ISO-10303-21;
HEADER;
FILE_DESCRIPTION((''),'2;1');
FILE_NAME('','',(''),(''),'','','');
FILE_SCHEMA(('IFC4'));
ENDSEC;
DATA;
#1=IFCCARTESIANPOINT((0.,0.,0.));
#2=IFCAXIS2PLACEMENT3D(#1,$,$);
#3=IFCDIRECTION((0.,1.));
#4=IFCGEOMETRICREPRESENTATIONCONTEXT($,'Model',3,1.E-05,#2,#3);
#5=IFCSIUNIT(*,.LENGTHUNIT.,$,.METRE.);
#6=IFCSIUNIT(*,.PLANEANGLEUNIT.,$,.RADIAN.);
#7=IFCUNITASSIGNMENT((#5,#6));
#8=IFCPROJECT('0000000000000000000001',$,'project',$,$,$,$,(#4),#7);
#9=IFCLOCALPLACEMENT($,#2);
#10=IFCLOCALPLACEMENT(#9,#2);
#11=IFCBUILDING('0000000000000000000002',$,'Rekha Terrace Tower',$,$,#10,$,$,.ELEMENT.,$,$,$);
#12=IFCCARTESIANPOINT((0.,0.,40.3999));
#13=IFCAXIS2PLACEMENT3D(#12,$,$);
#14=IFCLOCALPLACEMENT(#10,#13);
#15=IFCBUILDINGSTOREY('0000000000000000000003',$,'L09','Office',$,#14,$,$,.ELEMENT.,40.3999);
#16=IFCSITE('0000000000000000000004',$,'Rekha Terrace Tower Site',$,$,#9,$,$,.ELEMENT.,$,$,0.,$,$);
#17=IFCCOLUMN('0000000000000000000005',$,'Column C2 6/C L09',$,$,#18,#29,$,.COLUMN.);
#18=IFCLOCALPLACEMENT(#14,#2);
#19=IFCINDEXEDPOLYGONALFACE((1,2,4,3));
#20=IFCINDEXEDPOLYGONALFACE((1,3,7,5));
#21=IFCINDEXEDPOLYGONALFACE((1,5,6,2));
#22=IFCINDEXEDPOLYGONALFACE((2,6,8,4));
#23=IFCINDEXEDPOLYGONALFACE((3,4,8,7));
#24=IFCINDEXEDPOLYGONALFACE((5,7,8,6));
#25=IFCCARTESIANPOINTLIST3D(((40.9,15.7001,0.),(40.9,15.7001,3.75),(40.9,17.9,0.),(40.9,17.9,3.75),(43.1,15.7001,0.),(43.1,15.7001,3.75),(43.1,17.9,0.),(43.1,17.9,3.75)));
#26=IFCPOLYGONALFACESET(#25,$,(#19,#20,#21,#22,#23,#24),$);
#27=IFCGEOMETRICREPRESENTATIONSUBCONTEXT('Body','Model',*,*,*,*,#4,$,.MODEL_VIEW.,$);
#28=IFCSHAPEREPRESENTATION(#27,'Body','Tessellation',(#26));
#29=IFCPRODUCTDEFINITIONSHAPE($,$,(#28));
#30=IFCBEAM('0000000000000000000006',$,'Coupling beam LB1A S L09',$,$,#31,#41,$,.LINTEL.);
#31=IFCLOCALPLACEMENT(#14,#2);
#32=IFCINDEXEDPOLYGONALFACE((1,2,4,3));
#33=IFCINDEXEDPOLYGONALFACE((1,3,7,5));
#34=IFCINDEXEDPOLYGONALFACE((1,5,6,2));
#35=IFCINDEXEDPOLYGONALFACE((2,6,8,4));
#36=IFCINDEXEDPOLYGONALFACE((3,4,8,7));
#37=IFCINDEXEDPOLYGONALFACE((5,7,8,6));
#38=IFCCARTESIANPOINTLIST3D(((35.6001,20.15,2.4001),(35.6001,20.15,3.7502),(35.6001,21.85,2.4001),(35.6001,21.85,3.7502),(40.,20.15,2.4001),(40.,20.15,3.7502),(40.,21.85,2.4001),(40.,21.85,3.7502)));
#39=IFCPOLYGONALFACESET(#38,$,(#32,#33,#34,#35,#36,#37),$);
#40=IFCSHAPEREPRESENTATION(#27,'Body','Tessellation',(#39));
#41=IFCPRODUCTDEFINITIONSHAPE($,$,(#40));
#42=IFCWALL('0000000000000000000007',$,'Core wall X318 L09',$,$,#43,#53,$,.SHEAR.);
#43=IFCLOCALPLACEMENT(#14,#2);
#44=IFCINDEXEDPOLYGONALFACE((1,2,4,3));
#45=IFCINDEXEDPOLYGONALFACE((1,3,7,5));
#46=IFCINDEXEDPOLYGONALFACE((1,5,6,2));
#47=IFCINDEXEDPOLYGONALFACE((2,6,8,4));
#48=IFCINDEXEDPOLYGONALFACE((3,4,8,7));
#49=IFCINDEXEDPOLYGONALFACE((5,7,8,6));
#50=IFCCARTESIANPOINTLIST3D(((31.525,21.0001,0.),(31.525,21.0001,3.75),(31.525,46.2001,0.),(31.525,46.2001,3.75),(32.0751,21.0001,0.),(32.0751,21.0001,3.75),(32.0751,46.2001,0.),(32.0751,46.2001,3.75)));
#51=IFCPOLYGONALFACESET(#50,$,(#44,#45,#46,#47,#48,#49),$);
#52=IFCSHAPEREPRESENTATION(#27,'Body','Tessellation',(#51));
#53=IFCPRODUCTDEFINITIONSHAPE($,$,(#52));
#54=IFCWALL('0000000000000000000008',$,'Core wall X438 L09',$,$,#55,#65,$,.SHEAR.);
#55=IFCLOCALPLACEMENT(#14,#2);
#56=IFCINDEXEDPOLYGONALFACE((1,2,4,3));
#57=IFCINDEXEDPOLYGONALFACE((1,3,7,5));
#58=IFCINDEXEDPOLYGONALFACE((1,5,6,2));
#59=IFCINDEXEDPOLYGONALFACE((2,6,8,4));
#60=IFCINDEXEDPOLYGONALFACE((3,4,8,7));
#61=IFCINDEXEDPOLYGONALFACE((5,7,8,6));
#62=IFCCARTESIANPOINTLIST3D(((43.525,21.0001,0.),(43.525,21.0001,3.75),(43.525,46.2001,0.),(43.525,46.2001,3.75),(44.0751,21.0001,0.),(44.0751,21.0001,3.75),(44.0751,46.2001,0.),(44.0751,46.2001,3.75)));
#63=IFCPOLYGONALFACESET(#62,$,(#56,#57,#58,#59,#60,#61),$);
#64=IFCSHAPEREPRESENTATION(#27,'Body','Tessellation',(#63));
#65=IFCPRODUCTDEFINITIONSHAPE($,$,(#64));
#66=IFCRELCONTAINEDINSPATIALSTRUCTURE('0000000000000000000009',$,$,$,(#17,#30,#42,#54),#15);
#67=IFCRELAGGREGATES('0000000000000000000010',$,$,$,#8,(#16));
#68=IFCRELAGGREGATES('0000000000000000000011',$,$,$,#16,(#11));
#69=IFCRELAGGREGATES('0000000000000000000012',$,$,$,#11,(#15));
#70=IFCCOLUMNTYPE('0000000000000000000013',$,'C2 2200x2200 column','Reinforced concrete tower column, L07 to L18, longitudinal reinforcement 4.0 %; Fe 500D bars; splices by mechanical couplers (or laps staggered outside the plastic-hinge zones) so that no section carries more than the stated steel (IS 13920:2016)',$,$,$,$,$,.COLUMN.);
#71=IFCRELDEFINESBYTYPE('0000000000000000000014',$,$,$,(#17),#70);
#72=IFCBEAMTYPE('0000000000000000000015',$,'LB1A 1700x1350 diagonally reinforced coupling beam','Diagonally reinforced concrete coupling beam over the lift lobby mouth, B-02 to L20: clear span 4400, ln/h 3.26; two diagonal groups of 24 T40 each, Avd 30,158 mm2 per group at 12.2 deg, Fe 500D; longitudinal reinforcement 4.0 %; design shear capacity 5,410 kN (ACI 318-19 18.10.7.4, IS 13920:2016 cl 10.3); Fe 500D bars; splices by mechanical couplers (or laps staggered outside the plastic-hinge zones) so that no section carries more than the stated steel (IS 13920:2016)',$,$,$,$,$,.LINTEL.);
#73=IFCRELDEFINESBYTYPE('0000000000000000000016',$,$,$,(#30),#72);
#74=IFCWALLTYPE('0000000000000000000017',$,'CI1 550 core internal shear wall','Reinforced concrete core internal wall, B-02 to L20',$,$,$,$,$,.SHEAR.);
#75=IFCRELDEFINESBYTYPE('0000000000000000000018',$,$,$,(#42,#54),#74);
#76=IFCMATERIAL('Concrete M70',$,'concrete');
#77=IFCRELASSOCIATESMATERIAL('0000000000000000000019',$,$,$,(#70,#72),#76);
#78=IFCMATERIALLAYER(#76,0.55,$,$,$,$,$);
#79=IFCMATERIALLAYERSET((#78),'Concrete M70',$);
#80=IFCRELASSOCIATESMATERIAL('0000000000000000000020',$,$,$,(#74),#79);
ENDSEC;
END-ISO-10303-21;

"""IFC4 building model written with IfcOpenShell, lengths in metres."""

from ifc_helpers import new_model, si_unit, direction, frame, frame_2d, origin, origin_2d, place, context, subcontext, project, spatial, rectangle, extrude, material, layer, layer_set, material_profile, profile_set, type_object, element, save


model = new_model("IFC4")

# Units and contexts
model_context = context("Model", 3, precision=1e-05, world=origin(), true_north=direction((0.0, 1.0)))
body_context = subcontext(model_context, "Body", "Model", "MODEL_VIEW")
ifc_project = project(units=[si_unit("LENGTHUNIT", "METRE"), si_unit("PLANEANGLEUNIT", "RADIAN")], contexts=[model_context])

# Site, building, storey
site_placement = place(None, origin())
site = spatial("IfcSite", under=ifc_project, at=site_placement, Name="Rekha Terrace Tower Site", CompositionType="ELEMENT", RefElevation=0.0)
building_placement = place(site_placement, origin())
building = spatial("IfcBuilding", under=site, at=building_placement, Name="Rekha Terrace Tower", CompositionType="ELEMENT")
storey_placement = place(building_placement, frame((0.0, 0.0, 40.3999)))
storey = spatial("IfcBuildingStorey", under=building, at=storey_placement, Name="L09", Description="Office", CompositionType="ELEMENT", Elevation=40.3999)

# Column
ifc_material_1 = material(Name="Concrete M70", Category="concrete")
ifc_material_profile_1 = material_profile(ifc_material_1, rectangle(XDim=2.2, YDim=2.2, at=origin_2d()), Name="RC 2200x2200")
ifc_profile_set_1 = profile_set([ifc_material_profile_1], Name="Concrete M70")
column_type = type_object("IfcColumnType", Name="C2 2200x2200 column", Description="Reinforced concrete tower column, L07 to L18, longitudinal reinforcement 4.0 %; Fe 500D bars; splices by mechanical couplers (or laps staggered outside the plastic-hinge zones) so that no section carries more than the stated steel (IS 13920:2016)", PredefinedType="COLUMN", material=ifc_profile_set_1)
column_placement = place(storey_placement, frame((42.0, 16.8, 0.0), z_axis=(0.0, 0.0, 1.0), x_axis=(1.0, 0.0, 0.0)))
element("IfcColumn", 1, at=column_placement, inside=storey, type_object=column_type, Name="Column C2 6/C L09", PredefinedType="COLUMN", context=body_context, shape_type="SweptSolid", body=[
    extrude(rectangle(XDim=2.2, YDim=2.2, at=origin_2d()), origin(), (0.0, 0.0, 1.0), 3.75),
])

# Beam
ifc_material_profile_2 = material_profile(ifc_material_1, rectangle(XDim=1.7, YDim=1.3501, at=origin_2d()), Name="RC 1700x1350")
ifc_profile_set_2 = profile_set([ifc_material_profile_2], Name="Concrete M70")
beam_type = type_object("IfcBeamType", Name="LB1A 1700x1350 diagonally reinforced coupling beam", Description="Diagonally reinforced concrete coupling beam over the lift lobby mouth, B-02 to L20: clear span 4400, ln/h 3.26; two diagonal groups of 24 T40 each, Avd 30,158 mm2 per group at 12.2 deg, Fe 500D; longitudinal reinforcement 4.0 %; design shear capacity 5,410 kN (ACI 318-19 18.10.7.4, IS 13920:2016 cl 10.3); Fe 500D bars; splices by mechanical couplers (or laps staggered outside the plastic-hinge zones) so that no section carries more than the stated steel (IS 13920:2016)", PredefinedType="LINTEL", material=ifc_profile_set_2)
beam_placement = place(storey_placement, frame((35.6001, 21.0, 3.0752), z_axis=(1.0, 0.0, 0.0), x_axis=(0.0, 1.0, 0.0)))
element("IfcBeam", 2, at=beam_placement, inside=storey, type_object=beam_type, Name="Coupling beam LB1A S L09", PredefinedType="LINTEL", context=body_context, shape_type="SweptSolid", body=[
    extrude(rectangle(XDim=1.7, YDim=1.3501, at=origin_2d()), origin(), (0.0, 0.0, 1.0), 4.3999),
])

# Walls
ifc_layer_1 = layer(ifc_material_1, 0.55)
ifc_layer_set_1 = layer_set([ifc_layer_1], Name="Concrete M70")
wall_type_1 = type_object("IfcWallType", Name="CI1 550 core internal shear wall", Description="Reinforced concrete core internal wall, B-02 to L20", PredefinedType="SHEAR", material=ifc_layer_set_1)
for number, where, z_axis, x_axis, name in (
    (3, (31.8, 21.0, 0.0), (0.0, 0.0, 1.0), (0.0, 1.0, 0.0), "Core wall X318 L09"),
    (4, (43.8, 21.0, 0.0), (0.0, 0.0, 1.0), (0.0, 1.0, 0.0), "Core wall X438 L09"),
):
    element("IfcWall", number, at=place(storey_placement, frame(where, z_axis=z_axis, x_axis=x_axis)), inside=storey, type_object=wall_type_1, Name=name, PredefinedType="SHEAR", context=body_context, shape_type="SweptSolid", body=[
        extrude(rectangle(XDim=25.2, YDim=0.55, at=frame_2d((12.6001, 0.0))), origin(), (0.0, 0.0, 1.0), 3.75),
    ])

save(model, "model.ifc")
